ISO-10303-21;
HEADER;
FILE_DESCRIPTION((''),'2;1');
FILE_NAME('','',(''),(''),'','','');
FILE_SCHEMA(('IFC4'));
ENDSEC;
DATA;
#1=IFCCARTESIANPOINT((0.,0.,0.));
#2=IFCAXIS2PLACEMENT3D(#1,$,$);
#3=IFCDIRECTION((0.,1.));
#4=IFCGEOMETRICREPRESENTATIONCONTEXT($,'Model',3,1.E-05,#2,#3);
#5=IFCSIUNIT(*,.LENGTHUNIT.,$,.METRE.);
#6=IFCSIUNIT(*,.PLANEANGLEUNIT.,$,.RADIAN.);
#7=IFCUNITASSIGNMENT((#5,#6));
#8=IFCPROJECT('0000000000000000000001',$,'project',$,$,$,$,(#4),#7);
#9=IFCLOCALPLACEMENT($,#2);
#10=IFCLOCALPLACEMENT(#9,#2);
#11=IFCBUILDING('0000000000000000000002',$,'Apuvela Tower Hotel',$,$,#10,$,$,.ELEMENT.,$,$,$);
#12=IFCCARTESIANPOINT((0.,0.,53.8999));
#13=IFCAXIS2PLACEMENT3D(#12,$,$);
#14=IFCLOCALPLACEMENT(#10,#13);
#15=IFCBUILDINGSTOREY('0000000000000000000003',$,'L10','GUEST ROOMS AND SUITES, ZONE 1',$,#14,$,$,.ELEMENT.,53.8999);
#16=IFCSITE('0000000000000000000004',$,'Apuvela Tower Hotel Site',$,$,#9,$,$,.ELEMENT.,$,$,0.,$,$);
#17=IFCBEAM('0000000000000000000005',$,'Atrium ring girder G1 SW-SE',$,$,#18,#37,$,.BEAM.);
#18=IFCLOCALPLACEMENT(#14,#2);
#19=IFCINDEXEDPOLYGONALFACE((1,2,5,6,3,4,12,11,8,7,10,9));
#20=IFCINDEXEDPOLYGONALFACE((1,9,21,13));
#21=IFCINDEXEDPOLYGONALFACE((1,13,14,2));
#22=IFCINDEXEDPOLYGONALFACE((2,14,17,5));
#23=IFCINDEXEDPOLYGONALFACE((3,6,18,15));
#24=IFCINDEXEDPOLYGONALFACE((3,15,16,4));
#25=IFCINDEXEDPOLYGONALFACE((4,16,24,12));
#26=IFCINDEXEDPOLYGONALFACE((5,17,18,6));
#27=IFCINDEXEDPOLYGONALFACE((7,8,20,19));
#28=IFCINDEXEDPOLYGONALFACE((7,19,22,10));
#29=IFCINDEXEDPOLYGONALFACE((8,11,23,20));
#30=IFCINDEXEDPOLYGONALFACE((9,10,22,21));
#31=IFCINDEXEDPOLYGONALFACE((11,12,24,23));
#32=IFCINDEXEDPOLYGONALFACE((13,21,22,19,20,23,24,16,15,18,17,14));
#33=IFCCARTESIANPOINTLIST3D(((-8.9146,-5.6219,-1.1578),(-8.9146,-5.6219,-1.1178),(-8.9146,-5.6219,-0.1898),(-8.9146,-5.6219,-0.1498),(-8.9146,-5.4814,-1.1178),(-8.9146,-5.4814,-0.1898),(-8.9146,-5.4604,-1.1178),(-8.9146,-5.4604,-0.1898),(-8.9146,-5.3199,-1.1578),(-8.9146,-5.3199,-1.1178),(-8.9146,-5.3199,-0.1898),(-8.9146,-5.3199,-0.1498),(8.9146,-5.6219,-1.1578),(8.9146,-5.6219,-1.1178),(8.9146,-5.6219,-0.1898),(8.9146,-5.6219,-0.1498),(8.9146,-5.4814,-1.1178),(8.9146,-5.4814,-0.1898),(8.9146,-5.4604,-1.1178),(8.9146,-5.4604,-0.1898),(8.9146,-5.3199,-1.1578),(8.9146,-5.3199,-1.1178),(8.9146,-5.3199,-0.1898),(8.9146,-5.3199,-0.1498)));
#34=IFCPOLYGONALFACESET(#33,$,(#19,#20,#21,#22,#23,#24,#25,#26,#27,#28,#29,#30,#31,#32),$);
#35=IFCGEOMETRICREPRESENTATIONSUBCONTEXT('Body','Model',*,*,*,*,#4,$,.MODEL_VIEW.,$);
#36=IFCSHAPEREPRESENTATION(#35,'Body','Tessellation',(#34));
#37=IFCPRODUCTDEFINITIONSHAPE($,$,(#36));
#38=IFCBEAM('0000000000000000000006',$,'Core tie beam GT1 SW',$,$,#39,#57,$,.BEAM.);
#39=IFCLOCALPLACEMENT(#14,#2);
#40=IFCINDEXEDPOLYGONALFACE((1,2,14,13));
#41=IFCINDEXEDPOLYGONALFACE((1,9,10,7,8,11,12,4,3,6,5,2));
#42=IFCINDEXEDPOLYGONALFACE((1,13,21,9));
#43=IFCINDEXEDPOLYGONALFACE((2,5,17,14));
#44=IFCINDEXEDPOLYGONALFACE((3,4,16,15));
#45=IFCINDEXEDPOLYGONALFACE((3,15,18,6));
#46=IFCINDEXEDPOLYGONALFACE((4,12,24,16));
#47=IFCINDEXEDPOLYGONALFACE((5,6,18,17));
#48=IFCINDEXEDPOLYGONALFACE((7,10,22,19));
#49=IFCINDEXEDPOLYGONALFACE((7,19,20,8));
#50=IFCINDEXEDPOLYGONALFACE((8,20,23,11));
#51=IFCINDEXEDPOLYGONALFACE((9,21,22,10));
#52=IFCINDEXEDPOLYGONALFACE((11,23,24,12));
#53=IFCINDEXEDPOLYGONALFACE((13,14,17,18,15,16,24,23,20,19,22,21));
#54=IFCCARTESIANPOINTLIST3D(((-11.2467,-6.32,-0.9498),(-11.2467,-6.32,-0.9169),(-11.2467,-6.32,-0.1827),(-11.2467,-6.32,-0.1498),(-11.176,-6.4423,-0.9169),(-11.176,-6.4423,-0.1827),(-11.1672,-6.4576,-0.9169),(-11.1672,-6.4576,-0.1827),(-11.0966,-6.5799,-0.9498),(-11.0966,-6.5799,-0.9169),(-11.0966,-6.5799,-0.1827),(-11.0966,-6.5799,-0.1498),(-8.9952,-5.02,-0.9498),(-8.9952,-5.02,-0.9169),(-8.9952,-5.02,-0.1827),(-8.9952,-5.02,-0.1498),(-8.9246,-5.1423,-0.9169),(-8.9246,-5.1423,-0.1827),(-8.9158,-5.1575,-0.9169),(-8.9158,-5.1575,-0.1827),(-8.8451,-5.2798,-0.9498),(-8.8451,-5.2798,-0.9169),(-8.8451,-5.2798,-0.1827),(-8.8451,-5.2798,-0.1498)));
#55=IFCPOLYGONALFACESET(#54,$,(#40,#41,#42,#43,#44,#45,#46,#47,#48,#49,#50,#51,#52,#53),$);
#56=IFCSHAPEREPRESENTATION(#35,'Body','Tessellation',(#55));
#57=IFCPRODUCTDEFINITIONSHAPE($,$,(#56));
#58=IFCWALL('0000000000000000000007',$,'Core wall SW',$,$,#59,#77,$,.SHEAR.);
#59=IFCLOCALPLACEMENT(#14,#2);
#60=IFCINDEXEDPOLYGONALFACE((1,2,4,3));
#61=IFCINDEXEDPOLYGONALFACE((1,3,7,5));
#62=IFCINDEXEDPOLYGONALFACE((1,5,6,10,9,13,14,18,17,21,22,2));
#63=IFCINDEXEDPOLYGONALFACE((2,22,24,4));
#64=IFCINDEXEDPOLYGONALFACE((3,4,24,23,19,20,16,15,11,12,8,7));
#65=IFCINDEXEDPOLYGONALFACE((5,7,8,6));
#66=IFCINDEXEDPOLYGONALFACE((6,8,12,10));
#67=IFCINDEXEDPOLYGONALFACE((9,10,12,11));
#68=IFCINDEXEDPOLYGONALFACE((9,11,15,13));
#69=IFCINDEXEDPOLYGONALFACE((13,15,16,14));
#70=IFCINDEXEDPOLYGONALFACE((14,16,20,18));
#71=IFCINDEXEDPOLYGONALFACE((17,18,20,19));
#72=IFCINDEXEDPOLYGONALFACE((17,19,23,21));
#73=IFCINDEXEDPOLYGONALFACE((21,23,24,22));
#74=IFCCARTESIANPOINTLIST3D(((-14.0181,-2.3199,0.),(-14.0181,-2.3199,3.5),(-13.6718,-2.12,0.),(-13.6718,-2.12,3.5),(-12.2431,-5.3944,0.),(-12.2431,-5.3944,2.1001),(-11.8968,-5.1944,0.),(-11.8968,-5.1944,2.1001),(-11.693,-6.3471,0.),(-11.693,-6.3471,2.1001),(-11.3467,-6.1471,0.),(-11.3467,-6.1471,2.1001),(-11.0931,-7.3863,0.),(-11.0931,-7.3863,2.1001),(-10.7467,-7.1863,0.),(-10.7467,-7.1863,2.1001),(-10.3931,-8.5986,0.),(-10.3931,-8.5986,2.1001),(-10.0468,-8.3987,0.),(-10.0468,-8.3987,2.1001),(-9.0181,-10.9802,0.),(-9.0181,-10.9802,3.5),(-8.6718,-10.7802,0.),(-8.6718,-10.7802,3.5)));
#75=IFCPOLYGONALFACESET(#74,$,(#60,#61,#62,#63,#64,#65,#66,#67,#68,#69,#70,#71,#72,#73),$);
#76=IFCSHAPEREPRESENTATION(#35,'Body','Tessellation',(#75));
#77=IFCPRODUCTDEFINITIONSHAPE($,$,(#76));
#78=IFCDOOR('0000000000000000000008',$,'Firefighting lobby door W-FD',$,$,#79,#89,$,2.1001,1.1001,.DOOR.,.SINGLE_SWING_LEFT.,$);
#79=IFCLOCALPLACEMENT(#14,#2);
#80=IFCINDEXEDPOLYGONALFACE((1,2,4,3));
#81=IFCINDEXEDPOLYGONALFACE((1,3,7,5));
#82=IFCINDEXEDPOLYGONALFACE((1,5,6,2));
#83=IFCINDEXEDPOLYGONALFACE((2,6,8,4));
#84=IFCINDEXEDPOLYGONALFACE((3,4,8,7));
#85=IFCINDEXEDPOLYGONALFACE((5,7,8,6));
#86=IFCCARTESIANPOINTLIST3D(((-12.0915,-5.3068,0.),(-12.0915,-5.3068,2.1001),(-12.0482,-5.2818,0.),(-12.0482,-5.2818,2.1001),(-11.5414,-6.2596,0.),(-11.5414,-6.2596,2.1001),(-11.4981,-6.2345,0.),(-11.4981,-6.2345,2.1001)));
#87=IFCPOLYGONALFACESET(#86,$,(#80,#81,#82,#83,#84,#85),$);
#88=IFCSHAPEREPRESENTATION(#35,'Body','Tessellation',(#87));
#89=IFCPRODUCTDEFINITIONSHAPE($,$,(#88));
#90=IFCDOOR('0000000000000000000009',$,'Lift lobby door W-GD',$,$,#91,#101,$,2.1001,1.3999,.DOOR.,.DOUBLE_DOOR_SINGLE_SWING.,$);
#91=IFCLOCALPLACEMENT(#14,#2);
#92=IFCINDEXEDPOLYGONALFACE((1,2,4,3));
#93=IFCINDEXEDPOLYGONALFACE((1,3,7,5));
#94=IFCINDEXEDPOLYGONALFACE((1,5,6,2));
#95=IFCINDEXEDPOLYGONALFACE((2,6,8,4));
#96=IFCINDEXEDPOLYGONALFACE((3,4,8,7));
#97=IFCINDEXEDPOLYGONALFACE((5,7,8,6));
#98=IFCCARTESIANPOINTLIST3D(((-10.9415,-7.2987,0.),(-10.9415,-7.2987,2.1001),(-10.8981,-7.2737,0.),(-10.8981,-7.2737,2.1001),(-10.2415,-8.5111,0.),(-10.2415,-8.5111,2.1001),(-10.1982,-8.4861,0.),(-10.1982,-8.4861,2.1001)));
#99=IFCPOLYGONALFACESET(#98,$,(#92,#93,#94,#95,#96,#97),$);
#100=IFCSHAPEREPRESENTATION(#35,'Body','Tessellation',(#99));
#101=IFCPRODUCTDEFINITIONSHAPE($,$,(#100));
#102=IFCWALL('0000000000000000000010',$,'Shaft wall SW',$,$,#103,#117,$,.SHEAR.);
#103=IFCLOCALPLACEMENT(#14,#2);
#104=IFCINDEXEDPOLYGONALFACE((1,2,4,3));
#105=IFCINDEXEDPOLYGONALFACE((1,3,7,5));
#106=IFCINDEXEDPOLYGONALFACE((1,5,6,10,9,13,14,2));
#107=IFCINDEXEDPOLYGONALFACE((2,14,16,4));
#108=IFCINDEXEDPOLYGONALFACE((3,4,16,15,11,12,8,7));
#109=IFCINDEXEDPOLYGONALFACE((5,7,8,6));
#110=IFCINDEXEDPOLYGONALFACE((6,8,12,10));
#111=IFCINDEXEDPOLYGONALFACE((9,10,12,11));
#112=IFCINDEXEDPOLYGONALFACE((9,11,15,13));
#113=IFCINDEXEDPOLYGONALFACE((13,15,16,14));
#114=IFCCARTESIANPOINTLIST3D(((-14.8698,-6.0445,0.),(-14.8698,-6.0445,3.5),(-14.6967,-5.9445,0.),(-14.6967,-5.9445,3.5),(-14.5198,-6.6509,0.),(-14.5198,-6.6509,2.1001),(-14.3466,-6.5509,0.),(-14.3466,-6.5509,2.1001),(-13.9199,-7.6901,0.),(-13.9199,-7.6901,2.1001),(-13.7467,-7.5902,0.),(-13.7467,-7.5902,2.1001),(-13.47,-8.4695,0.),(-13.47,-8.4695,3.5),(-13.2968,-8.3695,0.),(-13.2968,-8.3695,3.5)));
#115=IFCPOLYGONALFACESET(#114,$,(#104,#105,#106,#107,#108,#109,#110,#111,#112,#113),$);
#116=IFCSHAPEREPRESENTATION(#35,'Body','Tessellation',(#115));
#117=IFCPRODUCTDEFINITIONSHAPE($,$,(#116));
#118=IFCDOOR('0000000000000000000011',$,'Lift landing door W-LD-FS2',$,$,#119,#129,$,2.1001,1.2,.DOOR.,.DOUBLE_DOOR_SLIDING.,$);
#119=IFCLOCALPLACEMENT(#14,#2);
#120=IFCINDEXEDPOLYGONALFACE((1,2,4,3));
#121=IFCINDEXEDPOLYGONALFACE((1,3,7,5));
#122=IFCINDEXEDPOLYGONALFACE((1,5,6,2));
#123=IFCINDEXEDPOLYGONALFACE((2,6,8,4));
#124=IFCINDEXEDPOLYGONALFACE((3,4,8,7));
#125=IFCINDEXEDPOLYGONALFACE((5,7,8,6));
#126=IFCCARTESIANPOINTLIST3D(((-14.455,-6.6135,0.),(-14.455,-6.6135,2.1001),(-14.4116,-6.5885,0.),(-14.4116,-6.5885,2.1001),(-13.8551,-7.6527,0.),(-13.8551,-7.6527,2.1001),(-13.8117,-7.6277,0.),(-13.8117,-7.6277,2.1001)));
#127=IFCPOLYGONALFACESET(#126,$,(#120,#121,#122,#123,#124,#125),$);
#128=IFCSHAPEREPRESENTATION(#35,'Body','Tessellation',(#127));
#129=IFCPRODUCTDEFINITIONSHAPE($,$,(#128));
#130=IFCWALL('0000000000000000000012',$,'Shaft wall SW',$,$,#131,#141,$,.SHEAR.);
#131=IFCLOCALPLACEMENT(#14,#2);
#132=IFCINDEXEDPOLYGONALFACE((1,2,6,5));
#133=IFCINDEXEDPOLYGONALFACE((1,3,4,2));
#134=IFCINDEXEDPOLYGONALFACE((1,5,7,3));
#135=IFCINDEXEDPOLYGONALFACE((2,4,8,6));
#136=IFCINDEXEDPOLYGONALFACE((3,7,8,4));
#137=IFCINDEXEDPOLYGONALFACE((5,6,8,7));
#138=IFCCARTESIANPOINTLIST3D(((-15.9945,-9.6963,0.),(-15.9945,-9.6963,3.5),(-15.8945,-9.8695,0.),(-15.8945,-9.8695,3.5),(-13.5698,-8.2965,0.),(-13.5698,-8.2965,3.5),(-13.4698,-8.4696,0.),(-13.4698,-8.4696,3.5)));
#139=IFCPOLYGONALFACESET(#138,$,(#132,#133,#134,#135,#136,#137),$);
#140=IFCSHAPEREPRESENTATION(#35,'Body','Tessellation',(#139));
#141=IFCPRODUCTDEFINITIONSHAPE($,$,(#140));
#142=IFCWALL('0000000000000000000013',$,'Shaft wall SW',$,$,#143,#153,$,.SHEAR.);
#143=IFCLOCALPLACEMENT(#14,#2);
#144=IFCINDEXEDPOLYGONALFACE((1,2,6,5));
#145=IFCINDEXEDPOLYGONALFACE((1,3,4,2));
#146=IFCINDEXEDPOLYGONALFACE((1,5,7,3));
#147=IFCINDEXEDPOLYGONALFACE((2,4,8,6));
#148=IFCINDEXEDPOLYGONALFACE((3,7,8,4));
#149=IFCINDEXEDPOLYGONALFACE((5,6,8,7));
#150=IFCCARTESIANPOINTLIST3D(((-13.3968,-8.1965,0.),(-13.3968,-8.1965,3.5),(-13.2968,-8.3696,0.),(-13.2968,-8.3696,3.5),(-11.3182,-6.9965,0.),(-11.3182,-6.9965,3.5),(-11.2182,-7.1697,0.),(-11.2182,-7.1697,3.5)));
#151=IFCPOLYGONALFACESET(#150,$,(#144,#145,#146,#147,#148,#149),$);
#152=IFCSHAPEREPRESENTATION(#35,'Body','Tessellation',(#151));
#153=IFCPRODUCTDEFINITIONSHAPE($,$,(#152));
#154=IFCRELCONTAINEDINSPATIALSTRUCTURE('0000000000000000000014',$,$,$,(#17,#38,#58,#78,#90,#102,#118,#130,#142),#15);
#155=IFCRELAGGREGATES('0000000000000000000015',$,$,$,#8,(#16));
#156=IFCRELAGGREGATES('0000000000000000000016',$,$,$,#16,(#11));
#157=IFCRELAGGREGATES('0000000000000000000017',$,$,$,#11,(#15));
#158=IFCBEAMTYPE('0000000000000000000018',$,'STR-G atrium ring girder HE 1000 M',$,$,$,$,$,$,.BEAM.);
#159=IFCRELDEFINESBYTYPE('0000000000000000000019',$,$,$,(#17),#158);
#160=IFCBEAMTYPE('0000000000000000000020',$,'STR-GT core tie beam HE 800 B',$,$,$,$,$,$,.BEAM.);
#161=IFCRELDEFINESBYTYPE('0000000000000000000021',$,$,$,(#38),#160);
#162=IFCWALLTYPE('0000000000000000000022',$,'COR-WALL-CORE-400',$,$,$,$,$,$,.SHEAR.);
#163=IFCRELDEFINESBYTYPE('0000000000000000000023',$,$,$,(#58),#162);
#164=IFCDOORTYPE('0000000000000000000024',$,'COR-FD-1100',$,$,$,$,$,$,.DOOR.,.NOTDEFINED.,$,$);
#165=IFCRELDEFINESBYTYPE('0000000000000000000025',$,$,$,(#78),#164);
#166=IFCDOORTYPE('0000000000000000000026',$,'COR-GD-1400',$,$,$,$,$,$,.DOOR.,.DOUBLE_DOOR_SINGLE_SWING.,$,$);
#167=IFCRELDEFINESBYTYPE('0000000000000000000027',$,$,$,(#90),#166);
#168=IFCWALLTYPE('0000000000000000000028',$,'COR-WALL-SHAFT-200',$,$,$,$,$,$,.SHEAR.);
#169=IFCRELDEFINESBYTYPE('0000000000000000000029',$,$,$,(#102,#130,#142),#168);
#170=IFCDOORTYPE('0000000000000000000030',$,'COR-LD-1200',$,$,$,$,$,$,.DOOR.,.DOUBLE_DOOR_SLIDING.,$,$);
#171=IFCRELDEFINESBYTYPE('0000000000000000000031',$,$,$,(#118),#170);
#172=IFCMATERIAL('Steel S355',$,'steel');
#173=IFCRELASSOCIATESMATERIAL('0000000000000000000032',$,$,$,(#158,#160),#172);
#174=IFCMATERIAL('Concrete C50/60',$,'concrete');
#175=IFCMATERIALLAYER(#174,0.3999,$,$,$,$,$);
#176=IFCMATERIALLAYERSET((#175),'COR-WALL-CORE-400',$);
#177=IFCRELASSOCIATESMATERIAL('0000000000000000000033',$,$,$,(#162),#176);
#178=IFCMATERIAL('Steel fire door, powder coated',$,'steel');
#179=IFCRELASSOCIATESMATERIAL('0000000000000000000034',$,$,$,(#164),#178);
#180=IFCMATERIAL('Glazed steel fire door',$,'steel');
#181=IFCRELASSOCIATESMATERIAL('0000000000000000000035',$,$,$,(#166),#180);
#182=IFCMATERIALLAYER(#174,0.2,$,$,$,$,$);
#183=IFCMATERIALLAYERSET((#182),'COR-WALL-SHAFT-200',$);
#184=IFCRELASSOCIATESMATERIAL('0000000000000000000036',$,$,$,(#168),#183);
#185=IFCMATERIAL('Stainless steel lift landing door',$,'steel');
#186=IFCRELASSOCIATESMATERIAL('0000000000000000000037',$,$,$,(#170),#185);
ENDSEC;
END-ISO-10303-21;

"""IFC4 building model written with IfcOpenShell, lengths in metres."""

from ifc_helpers import new_model, si_unit, direction, frame, frame_2d, origin, origin_2d, place, context, subcontext, project, spatial, rectangle, i_section, extrude, material, layer, layer_set, material_profile, profile_set, type_object, element, fill, save


model = new_model("IFC4")

# Units and contexts
model_context = context("Model", 3, precision=1e-05, world=origin(), true_north=direction((0.0, 1.0)))
body_context = subcontext(model_context, "Body", "Model", "MODEL_VIEW")
ifc_project = project(units=[si_unit("LENGTHUNIT", "METRE"), si_unit("PLANEANGLEUNIT", "RADIAN")], contexts=[model_context])

# Site, building, storey
site_placement = place(None, origin())
site = spatial("IfcSite", under=ifc_project, at=site_placement, Name="Apuvela Tower Hotel Site", CompositionType="ELEMENT", RefElevation=0.0)
building_placement = place(site_placement, origin())
building = spatial("IfcBuilding", under=site, at=building_placement, Name="Apuvela Tower Hotel", CompositionType="ELEMENT")
storey_placement = place(building_placement, frame((0.0, 0.0, 53.8999)))
storey = spatial("IfcBuildingStorey", under=building, at=storey_placement, Name="L10", Description="GUEST ROOMS AND SUITES, ZONE 1", CompositionType="ELEMENT", Elevation=53.8999)

# Beams
ifc_material_1 = material(Name="Steel S355", Category="steel")
ifc_material_profile_1 = material_profile(ifc_material_1, i_section(OverallWidth=0.302, OverallDepth=1.0081, WebThickness=0.021, FlangeThickness=0.04, at=origin_2d()), Name="HE 1000 M")
ifc_profile_set_1 = profile_set([ifc_material_profile_1], Name="Steel S355")
beam_type_1 = type_object("IfcBeamType", Name="STR-G atrium ring girder HE 1000 M", PredefinedType="BEAM", material=ifc_profile_set_1)
beam_1_placement = place(storey_placement, frame((-8.9146, -5.4709, -0.6538), z_axis=(1.0, 0.0, 0.0), x_axis=(0.0, 1.0, 0.0)))
element("IfcBeam", 1, at=beam_1_placement, inside=storey, type_object=beam_type_1, Name="Atrium ring girder G1 SW-SE", PredefinedType="BEAM", context=body_context, shape_type="SweptSolid", body=[
    extrude(i_section(OverallWidth=0.302, OverallDepth=1.0081, WebThickness=0.021, FlangeThickness=0.04, at=origin_2d()), origin(), (0.0, 0.0, 1.0), 17.8291),
])
ifc_material_profile_2 = material_profile(ifc_material_1, i_section(OverallWidth=0.3, OverallDepth=0.8, WebThickness=0.0176, FlangeThickness=0.033, at=origin_2d()), Name="HE 800 B")
ifc_profile_set_2 = profile_set([ifc_material_profile_2], Name="Steel S355")
beam_type_2 = type_object("IfcBeamType", Name="STR-GT core tie beam HE 800 B", PredefinedType="BEAM", material=ifc_profile_set_2)
beam_2_placement = place(storey_placement, frame((-11.1716, -6.45, -0.5498), z_axis=(0.865998, 0.500048, 0.0), x_axis=(-0.500048, 0.865998, 0.0)))
element("IfcBeam", 2, at=beam_2_placement, inside=storey, type_object=beam_type_2, Name="Core tie beam GT1 SW", PredefinedType="BEAM", context=body_context, shape_type="SweptSolid", body=[
    extrude(i_section(OverallWidth=0.3, OverallDepth=0.8, WebThickness=0.0176, FlangeThickness=0.033, at=origin_2d()), origin(), (0.0, 0.0, 1.0), 2.5999),
])

# Wall, openings, doors
ifc_material_2 = material(Name="Concrete C50/60", Category="concrete")
ifc_layer_1 = layer(ifc_material_2, 0.3999)
ifc_layer_set_1 = layer_set([ifc_layer_1], Name="COR-WALL-CORE-400")
wall_type_1 = type_object("IfcWallType", Name="COR-WALL-CORE-400", PredefinedType="SHEAR", material=ifc_layer_set_1)
wall_1_placement = place(storey_placement, frame((-13.845, -2.22, 0.0), z_axis=(0.0, 0.0, 1.0), x_axis=(0.500004, -0.866023, 0.0)))
wall_1 = element("IfcWall", 3, at=wall_1_placement, inside=storey, type_object=wall_type_1, Name="Core wall SW", PredefinedType="SHEAR", context=body_context, shape_type="SweptSolid", body=[
    extrude(rectangle(XDim=10.0, YDim=0.3999, at=frame_2d((5.0, 0.0))), origin(), (0.0, 0.0, 1.0), 3.5),
])
opening_1_placement = place(wall_1_placement, frame((3.55, 0.0, 0.0)))
opening_1 = element("IfcOpeningElement", 4, at=opening_1_placement, cuts=wall_1, PredefinedType="OPENING", context=body_context, shape_type="SweptSolid", body=[
    extrude(rectangle(XDim=1.1001, YDim=2.1001, at=frame_2d((0.55, 1.05))), frame((0.0, 0.21, 0.0), z_axis=(0.0, -1.0, 0.0), x_axis=(1.0, 0.0, 0.0)), (0.0, 0.0, 1.0), 0.4199),
])
opening_2_placement = place(wall_1_placement, frame((5.8501, 0.0, 0.0)))
opening_2 = element("IfcOpeningElement", 5, at=opening_2_placement, cuts=wall_1, PredefinedType="OPENING", context=body_context, shape_type="SweptSolid", body=[
    extrude(rectangle(XDim=1.3999, YDim=2.1001, at=frame_2d((0.7, 1.05))), frame((0.0, 0.21, 0.0), z_axis=(0.0, -1.0, 0.0), x_axis=(1.0, 0.0, 0.0)), (0.0, 0.0, 1.0), 0.4199),
])
ifc_material_3 = material(Name="Steel fire door, powder coated", Category="steel")
door_type_1 = type_object("IfcDoorType", Name="COR-FD-1100", OperationType="NOTDEFINED", PredefinedType="DOOR", material=ifc_material_3)
door_1_placement = place(opening_1_placement, frame((1.1001, 0.0, 0.0), z_axis=(0.0, 0.0, 1.0), x_axis=(-1.0, 0.0, 0.0)))
door_1 = element("IfcDoor", 6, at=door_1_placement, inside=storey, type_object=door_type_1, Name="Firefighting lobby door W-FD", OperationType="SINGLE_SWING_LEFT", OverallHeight=2.1001, OverallWidth=1.1001, PredefinedType="DOOR", context=body_context, shape_type="SweptSolid", body=[
    extrude(rectangle(XDim=1.1001, YDim=2.1001, at=frame_2d((0.55, 1.05))), frame((0.0, 0.0249, 0.0), z_axis=(0.0, -1.0, 0.0), x_axis=(1.0, 0.0, 0.0)), (0.0, 0.0, 1.0), 0.05),
])
fill(opening_1, door_1)
ifc_material_4 = material(Name="Glazed steel fire door", Category="steel")
door_type_2 = type_object("IfcDoorType", Name="COR-GD-1400", OperationType="DOUBLE_DOOR_SINGLE_SWING", PredefinedType="DOOR", material=ifc_material_4)
door_2_placement = place(opening_2_placement, frame((1.3999, 0.0, 0.0), z_axis=(0.0, 0.0, 1.0), x_axis=(-1.0, 0.0, 0.0)))
door_2 = element("IfcDoor", 7, at=door_2_placement, inside=storey, type_object=door_type_2, Name="Lift lobby door W-GD", OperationType="DOUBLE_DOOR_SINGLE_SWING", OverallHeight=2.1001, OverallWidth=1.3999, PredefinedType="DOOR", context=body_context, shape_type="SweptSolid", body=[
    extrude(rectangle(XDim=1.3999, YDim=2.1001, at=frame_2d((0.7, 1.05))), frame((0.0, 0.0249, 0.0), z_axis=(0.0, -1.0, 0.0), x_axis=(1.0, 0.0, 0.0)), (0.0, 0.0, 1.0), 0.05),
])
fill(opening_2, door_2)

# Wall, opening, door
ifc_layer_2 = layer(ifc_material_2, 0.2)
ifc_layer_set_2 = layer_set([ifc_layer_2], Name="COR-WALL-SHAFT-200")
wall_type_2 = type_object("IfcWallType", Name="COR-WALL-SHAFT-200", PredefinedType="SHEAR", material=ifc_layer_set_2)
wall_2_placement = place(storey_placement, frame((-14.7832, -5.9946, 0.0), z_axis=(0.0, 0.0, 1.0), x_axis=(0.499946, -0.866056, 0.0)))
wall_2 = element("IfcWall", 8, at=wall_2_placement, inside=storey, type_object=wall_type_2, Name="Shaft wall SW", PredefinedType="SHEAR", context=body_context, shape_type="SweptSolid", body=[
    extrude(rectangle(XDim=2.8, YDim=0.2, at=frame_2d((1.3999, 0.0))), origin(), (0.0, 0.0, 1.0), 3.5),
])
opening_3_placement = place(wall_2_placement, frame((0.7, 0.0, 0.0)))
opening_3 = element("IfcOpeningElement", 9, at=opening_3_placement, cuts=wall_2, PredefinedType="OPENING", context=body_context, shape_type="SweptSolid", body=[
    extrude(rectangle(XDim=1.2, YDim=2.1001, at=frame_2d((0.6001, 1.05))), frame((0.0, 0.1099, 0.0), z_axis=(0.0, -1.0, 0.0), x_axis=(1.0, 0.0, 0.0)), (0.0, 0.0, 1.0), 0.22),
])
ifc_material_5 = material(Name="Stainless steel lift landing door", Category="steel")
door_type_3 = type_object("IfcDoorType", Name="COR-LD-1200", OperationType="DOUBLE_DOOR_SLIDING", PredefinedType="DOOR", material=ifc_material_5)
door_3_placement = place(opening_3_placement, origin())
door_3 = element("IfcDoor", 10, at=door_3_placement, inside=storey, type_object=door_type_3, Name="Lift landing door W-LD-FS2", OperationType="DOUBLE_DOOR_SLIDING", OverallHeight=2.1001, OverallWidth=1.2, PredefinedType="DOOR", context=body_context, shape_type="SweptSolid", body=[
    extrude(rectangle(XDim=1.2, YDim=2.1001, at=frame_2d((0.6001, 1.05))), frame((0.0, 0.0249, 0.0), z_axis=(0.0, -1.0, 0.0), x_axis=(1.0, 0.0, 0.0)), (0.0, 0.0, 1.0), 0.05),
])
fill(opening_3, door_3)

# Walls
wall_3_placement = place(storey_placement, frame((-13.5198, -8.3831, 0.0), z_axis=(0.0, 0.0, 1.0), x_axis=(-0.866035, -0.499984, 0.0)))
element("IfcWall", 11, at=wall_3_placement, inside=storey, type_object=wall_type_2, Name="Shaft wall SW", PredefinedType="SHEAR", context=body_context, shape_type="SweptSolid", body=[
    extrude(rectangle(XDim=2.7998, YDim=0.2, at=frame_2d((1.3999, 0.0))), origin(), (0.0, 0.0, 1.0), 3.5),
])
wall_4_placement = place(storey_placement, frame((-11.2681, -7.083, 0.0), z_axis=(0.0, 0.0, 1.0), x_axis=(-0.86605, -0.499957, 0.0)))
element("IfcWall", 12, at=wall_4_placement, inside=storey, type_object=wall_type_2, Name="Shaft wall SW", PredefinedType="SHEAR", context=body_context, shape_type="SweptSolid", body=[
    extrude(rectangle(XDim=2.4001, YDim=0.2, at=frame_2d((1.2002, 0.0))), origin(), (0.0, 0.0, 1.0), 3.5),
])

save(model, "model.ifc")
